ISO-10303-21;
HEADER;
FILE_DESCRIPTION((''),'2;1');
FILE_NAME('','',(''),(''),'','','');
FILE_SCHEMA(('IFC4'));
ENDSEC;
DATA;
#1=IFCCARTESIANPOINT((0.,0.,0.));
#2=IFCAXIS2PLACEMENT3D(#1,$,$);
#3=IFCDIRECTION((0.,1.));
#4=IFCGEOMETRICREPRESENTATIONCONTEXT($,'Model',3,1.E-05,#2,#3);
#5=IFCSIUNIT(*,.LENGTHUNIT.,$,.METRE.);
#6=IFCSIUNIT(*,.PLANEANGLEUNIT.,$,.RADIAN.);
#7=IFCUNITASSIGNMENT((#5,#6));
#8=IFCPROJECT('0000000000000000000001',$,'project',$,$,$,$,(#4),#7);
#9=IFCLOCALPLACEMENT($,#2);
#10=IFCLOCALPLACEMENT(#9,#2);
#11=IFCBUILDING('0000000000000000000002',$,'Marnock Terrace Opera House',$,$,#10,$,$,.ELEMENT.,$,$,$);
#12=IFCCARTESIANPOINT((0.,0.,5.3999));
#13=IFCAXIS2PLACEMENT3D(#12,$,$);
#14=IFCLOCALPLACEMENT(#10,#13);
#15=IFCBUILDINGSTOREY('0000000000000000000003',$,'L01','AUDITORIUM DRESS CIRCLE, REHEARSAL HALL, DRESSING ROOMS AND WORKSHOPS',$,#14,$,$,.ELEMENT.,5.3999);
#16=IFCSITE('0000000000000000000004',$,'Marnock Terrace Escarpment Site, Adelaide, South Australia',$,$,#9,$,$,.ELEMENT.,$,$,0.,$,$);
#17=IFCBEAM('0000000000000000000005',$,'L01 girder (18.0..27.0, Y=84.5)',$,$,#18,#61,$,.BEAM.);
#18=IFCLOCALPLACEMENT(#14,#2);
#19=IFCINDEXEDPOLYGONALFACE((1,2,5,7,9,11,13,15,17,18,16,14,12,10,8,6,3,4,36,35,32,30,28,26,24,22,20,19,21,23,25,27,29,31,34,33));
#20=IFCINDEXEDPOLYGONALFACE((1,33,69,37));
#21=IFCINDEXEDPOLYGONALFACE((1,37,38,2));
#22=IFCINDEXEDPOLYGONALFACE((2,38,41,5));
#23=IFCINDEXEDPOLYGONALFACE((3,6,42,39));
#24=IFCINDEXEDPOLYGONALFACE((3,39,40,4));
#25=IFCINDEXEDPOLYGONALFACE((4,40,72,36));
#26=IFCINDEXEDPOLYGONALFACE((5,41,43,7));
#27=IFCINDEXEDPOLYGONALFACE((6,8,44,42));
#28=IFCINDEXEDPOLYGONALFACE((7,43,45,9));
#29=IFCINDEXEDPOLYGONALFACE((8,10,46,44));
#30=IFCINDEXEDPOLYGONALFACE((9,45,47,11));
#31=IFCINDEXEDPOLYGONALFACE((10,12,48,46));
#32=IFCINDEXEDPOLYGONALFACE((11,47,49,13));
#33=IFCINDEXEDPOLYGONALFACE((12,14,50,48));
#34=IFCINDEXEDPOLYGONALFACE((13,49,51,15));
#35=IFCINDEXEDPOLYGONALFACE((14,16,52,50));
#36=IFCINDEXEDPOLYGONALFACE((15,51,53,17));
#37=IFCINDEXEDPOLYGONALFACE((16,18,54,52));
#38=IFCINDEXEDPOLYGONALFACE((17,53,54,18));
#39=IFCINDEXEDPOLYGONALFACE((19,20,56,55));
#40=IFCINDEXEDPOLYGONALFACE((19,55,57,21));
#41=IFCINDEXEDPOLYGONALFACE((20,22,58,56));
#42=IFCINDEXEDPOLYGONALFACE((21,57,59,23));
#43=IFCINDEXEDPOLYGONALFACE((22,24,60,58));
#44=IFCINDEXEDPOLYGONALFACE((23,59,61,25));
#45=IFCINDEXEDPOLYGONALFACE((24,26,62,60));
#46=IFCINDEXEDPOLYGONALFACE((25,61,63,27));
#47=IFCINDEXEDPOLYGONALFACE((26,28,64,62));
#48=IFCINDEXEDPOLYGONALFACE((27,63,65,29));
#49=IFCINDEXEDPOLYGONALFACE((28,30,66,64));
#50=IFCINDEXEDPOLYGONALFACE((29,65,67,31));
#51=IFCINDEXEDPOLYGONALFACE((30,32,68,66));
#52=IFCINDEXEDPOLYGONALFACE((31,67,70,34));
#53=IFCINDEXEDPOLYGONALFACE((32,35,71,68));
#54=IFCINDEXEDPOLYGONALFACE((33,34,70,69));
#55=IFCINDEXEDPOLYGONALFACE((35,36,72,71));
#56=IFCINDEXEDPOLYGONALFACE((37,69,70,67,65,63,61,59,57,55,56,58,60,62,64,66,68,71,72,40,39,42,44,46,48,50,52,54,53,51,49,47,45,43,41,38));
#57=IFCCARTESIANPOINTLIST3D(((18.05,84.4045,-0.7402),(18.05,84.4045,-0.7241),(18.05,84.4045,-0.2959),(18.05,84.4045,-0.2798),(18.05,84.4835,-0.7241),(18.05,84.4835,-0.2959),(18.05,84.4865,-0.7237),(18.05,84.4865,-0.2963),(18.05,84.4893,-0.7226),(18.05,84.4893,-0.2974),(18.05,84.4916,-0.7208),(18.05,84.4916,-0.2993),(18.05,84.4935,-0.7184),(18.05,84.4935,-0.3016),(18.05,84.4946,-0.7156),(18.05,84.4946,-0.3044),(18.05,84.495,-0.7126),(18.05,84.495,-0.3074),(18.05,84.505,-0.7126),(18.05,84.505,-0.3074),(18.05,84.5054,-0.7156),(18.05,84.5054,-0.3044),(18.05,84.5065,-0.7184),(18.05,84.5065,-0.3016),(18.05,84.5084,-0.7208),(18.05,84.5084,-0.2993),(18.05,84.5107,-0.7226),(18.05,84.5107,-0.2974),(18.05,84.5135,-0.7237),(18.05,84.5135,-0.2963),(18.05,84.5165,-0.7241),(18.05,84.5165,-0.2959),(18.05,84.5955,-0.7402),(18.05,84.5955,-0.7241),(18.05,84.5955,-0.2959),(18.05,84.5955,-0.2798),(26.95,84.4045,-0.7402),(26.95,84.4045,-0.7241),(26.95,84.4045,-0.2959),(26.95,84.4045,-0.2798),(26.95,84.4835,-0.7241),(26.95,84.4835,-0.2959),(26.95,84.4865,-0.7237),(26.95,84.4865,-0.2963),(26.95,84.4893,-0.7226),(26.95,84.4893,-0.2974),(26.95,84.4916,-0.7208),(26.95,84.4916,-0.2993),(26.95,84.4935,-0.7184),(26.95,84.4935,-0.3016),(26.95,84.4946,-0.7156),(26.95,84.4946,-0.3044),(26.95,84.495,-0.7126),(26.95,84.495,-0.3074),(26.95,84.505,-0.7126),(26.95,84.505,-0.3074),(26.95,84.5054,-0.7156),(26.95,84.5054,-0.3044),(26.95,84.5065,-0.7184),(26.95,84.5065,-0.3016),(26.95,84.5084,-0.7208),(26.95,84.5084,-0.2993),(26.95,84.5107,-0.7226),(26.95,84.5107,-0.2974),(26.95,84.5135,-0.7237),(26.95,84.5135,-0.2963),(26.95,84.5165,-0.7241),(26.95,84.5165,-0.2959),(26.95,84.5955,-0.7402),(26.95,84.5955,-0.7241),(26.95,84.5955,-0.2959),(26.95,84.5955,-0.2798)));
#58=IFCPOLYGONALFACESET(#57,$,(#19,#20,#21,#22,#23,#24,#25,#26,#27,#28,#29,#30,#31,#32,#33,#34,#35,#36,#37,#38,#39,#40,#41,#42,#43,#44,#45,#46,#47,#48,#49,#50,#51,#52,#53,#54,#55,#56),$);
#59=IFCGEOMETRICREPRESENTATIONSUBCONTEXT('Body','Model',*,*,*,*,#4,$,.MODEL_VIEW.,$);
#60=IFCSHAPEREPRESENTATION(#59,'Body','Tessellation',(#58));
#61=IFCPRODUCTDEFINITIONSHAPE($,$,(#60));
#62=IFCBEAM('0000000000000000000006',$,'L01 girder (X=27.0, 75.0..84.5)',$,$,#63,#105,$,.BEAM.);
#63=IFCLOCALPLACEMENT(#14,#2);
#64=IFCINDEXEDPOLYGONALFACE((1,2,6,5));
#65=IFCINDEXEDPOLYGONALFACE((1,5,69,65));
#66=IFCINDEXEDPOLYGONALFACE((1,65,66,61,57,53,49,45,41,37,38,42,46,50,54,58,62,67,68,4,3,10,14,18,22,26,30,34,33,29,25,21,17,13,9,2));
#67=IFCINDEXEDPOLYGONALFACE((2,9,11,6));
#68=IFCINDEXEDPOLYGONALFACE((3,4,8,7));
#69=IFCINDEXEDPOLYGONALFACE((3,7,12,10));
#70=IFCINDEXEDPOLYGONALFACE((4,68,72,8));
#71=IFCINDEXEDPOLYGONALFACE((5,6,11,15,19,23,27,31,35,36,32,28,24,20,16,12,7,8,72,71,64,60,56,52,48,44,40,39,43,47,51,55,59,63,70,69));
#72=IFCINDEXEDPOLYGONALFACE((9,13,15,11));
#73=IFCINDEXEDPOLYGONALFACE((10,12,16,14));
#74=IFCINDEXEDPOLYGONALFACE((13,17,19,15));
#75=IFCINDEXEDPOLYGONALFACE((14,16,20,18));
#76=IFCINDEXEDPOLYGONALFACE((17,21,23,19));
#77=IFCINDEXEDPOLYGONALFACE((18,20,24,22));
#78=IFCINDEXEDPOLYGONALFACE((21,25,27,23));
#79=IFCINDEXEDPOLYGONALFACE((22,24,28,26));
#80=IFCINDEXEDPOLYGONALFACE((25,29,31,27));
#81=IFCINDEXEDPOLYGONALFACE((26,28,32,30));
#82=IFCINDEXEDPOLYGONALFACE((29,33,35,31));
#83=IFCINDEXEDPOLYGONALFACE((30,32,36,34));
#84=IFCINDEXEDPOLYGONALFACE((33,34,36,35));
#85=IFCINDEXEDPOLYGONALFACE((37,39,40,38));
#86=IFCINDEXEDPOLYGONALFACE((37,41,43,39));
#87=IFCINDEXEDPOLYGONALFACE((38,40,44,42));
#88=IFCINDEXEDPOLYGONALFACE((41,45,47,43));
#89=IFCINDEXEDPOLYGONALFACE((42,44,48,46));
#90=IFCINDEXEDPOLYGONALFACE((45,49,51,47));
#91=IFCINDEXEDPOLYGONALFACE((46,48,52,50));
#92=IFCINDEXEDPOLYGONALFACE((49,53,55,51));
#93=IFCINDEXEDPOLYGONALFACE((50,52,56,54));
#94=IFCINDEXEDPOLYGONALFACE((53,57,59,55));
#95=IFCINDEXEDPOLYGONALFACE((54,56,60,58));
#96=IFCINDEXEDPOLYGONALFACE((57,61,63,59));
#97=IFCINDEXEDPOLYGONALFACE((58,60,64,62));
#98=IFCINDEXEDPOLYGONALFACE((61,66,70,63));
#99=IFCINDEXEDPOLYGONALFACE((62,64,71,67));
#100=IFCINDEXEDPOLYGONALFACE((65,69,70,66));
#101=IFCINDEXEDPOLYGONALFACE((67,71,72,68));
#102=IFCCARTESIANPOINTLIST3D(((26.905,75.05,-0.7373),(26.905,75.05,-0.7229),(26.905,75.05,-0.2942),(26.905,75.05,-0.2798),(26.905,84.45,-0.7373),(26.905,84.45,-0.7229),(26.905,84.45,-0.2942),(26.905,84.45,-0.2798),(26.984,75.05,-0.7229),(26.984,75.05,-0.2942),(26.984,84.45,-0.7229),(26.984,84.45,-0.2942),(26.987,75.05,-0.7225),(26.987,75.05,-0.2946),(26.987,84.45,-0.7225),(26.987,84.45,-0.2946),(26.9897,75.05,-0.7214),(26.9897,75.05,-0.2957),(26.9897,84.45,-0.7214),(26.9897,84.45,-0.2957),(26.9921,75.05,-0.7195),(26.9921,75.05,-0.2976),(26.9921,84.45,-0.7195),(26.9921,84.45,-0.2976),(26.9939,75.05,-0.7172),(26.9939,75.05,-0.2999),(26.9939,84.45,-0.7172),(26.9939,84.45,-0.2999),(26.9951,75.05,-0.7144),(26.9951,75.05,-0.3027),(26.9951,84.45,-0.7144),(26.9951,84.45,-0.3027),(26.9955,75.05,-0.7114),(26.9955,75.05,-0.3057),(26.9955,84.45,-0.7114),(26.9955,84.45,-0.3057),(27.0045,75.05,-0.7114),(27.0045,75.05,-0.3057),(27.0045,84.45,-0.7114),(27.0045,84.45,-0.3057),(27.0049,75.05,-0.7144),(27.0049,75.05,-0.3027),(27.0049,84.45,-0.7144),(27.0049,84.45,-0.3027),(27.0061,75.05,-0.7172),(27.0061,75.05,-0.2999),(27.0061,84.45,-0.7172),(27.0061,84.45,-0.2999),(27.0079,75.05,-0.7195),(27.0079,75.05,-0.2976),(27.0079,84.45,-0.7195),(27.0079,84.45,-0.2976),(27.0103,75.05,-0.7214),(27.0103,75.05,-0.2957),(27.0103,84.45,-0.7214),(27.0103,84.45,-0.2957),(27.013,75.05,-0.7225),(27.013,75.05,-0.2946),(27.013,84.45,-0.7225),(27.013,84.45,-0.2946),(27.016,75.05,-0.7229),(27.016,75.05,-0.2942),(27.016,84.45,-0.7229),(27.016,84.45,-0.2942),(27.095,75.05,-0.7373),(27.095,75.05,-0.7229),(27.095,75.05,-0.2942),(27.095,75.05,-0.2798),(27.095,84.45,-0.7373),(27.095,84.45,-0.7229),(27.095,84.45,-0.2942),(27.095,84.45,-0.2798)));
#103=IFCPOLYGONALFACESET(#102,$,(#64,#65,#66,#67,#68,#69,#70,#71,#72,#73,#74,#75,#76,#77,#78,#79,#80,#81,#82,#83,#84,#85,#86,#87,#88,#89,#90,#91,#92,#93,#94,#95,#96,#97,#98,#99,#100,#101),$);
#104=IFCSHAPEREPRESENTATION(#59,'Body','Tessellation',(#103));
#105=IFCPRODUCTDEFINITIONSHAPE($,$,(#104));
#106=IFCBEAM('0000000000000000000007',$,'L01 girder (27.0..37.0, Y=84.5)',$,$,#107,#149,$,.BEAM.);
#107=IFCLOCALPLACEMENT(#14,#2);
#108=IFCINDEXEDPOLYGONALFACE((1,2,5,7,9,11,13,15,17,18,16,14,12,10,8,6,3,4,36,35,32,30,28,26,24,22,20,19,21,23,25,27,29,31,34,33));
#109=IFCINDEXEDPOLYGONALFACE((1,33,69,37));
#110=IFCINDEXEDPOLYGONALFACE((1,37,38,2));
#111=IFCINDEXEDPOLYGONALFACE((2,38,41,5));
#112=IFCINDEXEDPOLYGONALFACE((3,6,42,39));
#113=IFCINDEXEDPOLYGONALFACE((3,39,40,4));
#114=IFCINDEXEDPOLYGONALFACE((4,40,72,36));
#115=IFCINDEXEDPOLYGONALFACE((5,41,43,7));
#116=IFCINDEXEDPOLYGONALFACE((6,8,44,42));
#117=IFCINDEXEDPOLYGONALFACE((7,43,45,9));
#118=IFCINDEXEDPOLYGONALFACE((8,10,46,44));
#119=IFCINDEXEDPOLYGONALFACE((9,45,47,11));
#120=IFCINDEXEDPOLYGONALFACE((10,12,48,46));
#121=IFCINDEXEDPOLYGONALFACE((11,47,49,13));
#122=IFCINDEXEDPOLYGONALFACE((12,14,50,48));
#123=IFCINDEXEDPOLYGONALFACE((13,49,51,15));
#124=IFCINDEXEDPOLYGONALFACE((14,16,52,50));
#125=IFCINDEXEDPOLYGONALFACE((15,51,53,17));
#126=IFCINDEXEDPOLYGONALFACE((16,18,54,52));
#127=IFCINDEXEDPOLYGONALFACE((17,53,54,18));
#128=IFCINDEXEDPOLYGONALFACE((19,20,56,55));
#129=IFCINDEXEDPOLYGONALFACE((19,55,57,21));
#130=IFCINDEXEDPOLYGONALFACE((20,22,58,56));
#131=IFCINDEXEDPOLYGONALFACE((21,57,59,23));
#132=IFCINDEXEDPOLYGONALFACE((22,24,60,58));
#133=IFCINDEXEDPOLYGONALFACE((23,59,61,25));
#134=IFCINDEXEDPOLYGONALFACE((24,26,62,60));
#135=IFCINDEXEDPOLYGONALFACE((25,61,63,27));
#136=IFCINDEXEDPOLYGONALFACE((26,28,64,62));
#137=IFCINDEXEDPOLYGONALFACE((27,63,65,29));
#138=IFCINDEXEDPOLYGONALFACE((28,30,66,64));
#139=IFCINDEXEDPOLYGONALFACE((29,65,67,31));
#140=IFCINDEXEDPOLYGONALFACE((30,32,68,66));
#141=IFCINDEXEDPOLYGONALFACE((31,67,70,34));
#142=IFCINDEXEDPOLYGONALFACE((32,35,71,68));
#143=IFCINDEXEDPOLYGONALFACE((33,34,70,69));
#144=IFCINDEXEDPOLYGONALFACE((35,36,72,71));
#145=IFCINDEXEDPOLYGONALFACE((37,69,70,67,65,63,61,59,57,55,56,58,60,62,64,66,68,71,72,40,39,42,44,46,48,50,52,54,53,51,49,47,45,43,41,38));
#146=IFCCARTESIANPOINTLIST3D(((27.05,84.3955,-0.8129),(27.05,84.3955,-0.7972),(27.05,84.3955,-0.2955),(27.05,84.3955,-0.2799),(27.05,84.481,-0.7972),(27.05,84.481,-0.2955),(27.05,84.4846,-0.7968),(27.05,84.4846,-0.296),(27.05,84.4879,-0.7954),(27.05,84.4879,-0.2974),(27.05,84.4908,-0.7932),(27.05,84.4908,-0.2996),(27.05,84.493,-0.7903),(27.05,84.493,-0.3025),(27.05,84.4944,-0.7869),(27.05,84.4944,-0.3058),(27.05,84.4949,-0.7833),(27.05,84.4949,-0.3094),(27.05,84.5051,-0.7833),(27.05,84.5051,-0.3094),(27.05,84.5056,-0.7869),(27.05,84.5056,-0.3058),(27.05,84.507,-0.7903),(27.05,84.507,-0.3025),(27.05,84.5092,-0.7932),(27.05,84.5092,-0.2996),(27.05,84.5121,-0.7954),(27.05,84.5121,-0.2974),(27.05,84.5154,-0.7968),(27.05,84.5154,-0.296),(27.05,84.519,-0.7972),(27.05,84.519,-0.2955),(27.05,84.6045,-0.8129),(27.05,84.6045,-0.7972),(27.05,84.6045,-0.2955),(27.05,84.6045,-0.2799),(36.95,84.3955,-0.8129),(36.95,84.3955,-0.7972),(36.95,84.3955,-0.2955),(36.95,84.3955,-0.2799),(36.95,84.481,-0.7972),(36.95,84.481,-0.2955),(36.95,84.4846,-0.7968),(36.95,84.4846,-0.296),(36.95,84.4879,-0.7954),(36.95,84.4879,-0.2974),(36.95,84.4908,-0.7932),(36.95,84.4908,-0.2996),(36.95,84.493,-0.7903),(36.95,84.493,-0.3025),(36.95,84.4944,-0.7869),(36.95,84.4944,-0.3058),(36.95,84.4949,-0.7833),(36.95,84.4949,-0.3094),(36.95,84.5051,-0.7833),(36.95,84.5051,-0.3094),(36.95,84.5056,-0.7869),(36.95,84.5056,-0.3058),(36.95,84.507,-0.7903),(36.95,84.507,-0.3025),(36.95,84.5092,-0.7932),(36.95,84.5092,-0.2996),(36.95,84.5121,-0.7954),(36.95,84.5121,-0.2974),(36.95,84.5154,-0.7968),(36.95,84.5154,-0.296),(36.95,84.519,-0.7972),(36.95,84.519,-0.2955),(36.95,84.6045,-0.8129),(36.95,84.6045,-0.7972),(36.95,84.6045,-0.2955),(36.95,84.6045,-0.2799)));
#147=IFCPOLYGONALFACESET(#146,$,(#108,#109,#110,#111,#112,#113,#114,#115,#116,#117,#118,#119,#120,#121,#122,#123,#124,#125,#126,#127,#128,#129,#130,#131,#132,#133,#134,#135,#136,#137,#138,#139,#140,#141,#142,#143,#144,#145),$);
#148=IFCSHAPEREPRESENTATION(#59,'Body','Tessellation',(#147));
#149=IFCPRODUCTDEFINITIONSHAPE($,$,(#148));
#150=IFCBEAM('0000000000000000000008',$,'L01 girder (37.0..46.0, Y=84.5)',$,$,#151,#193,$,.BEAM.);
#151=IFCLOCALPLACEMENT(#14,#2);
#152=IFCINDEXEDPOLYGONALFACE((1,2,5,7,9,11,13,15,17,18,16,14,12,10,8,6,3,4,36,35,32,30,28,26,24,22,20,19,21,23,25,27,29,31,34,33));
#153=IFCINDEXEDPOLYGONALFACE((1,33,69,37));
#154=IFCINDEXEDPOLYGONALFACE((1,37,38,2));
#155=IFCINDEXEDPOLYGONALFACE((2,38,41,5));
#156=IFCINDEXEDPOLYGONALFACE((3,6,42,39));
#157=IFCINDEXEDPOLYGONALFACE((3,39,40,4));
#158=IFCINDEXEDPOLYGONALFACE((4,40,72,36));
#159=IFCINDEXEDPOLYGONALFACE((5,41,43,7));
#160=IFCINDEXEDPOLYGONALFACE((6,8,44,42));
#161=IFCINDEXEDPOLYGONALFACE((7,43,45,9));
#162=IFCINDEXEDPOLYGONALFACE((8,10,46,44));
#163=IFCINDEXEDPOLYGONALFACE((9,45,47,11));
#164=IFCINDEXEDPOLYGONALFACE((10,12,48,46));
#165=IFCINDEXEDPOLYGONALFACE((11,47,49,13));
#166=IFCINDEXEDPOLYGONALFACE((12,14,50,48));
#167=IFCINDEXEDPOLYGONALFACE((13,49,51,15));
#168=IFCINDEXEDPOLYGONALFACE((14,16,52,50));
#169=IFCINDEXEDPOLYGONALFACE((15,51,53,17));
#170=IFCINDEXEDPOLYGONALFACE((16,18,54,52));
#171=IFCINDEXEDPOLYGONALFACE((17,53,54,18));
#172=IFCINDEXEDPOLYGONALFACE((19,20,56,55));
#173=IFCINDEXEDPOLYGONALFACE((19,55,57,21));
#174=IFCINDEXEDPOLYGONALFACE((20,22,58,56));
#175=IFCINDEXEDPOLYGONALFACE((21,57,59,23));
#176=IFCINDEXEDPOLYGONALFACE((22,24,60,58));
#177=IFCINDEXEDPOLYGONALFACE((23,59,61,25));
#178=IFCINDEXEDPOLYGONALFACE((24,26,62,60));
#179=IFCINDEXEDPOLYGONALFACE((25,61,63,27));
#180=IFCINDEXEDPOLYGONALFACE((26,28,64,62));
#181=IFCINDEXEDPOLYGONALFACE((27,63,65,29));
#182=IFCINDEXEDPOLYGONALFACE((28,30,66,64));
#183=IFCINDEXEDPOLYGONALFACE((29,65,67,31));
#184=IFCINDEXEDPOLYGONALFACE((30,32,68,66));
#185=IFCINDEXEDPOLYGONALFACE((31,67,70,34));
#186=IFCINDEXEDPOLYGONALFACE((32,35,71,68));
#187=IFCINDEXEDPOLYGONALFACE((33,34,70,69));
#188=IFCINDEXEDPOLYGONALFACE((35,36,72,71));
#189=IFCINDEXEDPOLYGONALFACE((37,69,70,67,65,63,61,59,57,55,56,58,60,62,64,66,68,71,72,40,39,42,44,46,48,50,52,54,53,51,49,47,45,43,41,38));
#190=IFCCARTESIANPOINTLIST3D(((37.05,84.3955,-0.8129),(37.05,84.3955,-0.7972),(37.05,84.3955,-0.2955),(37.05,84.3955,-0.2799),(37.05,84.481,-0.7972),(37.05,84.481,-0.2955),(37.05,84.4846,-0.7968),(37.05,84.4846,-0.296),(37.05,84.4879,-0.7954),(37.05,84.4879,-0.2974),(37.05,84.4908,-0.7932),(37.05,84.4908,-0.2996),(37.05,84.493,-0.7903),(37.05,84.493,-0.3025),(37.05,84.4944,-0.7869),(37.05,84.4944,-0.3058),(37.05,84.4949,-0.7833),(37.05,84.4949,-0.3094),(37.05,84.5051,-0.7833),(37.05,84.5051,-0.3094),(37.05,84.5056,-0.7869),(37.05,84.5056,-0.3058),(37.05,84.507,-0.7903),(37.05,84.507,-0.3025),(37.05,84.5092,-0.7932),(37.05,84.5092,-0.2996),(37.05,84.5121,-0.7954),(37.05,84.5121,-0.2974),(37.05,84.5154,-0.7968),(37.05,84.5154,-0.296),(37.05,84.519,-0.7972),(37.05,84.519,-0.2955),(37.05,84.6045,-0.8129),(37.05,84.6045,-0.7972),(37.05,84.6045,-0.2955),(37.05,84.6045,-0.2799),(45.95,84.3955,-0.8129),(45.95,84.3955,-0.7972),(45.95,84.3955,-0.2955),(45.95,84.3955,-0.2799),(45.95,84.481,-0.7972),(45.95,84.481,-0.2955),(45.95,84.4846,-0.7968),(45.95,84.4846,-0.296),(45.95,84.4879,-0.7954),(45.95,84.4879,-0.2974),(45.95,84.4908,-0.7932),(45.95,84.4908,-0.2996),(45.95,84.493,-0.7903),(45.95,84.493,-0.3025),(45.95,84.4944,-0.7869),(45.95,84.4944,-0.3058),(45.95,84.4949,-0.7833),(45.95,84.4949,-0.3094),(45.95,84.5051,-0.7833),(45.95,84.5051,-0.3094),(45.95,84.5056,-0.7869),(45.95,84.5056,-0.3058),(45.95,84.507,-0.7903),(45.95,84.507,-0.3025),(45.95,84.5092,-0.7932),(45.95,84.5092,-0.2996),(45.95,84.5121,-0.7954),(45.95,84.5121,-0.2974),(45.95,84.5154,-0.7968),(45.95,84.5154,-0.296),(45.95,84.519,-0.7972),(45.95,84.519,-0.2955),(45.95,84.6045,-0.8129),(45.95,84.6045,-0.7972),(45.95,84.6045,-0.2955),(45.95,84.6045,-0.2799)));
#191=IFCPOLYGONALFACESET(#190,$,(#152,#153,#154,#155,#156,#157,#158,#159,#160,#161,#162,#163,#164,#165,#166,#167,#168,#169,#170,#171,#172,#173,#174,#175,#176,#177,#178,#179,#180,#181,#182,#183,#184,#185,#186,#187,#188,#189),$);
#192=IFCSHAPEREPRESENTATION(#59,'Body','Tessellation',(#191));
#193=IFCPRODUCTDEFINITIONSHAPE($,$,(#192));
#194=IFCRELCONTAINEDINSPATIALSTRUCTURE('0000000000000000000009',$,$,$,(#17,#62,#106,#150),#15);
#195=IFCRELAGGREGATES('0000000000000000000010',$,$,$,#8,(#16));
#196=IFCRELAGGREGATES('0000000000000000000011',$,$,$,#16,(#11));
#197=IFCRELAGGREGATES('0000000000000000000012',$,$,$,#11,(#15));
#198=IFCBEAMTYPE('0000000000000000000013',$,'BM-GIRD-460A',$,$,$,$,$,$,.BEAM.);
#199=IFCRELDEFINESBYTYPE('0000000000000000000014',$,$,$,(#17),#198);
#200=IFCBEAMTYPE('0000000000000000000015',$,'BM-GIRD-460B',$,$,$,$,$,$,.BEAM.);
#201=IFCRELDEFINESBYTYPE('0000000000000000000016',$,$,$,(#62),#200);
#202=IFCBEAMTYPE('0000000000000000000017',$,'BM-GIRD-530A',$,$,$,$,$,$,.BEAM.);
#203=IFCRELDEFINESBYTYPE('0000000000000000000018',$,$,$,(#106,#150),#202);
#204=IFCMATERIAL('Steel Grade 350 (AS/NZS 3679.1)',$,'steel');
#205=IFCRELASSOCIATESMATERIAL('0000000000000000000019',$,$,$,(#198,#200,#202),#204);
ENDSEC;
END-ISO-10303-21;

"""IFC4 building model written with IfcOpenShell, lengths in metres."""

from ifc_helpers import new_model, si_unit, direction, frame, origin, origin_2d, place, context, subcontext, project, spatial, i_section, extrude, material, material_profile, profile_set, type_object, element, save


model = new_model("IFC4")

# Units and contexts
model_context = context("Model", 3, precision=1e-05, world=origin(), true_north=direction((0.0, 1.0)))
body_context = subcontext(model_context, "Body", "Model", "MODEL_VIEW")
ifc_project = project(units=[si_unit("LENGTHUNIT", "METRE"), si_unit("PLANEANGLEUNIT", "RADIAN")], contexts=[model_context])

# Site, building, storey
site_placement = place(None, origin())
site = spatial("IfcSite", under=ifc_project, at=site_placement, Name="Marnock Terrace Escarpment Site, Adelaide, South Australia", CompositionType="ELEMENT", RefElevation=0.0)
building_placement = place(site_placement, origin())
building = spatial("IfcBuilding", under=site, at=building_placement, Name="Marnock Terrace Opera House", CompositionType="ELEMENT")
storey_placement = place(building_placement, frame((0.0, 0.0, 5.3999)))
storey = spatial("IfcBuildingStorey", under=building, at=storey_placement, Name="L01", Description="AUDITORIUM DRESS CIRCLE, REHEARSAL HALL, DRESSING ROOMS AND WORKSHOPS", CompositionType="ELEMENT", Elevation=5.3999)

# Shared definitions
ifc_material_1 = material(Name="Steel Grade 350 (AS/NZS 3679.1)", Category="steel")

# Beams
ifc_material_profile_1 = material_profile(ifc_material_1, i_section(OverallWidth=0.1909, OverallDepth=0.4604, WebThickness=0.01, FlangeThickness=0.0161, FilletRadius=0.0115, at=origin_2d()))
ifc_profile_set_1 = profile_set([ifc_material_profile_1], Name="Steel Grade 350 (AS/NZS 3679.1)")
beam_type_1 = type_object("IfcBeamType", Name="BM-GIRD-460A", PredefinedType="BEAM", material=ifc_profile_set_1)
beam_1_placement = place(storey_placement, frame((18.05, 84.5, -0.51), z_axis=(1.0, 0.0, 0.0), x_axis=(0.0, 1.0, 0.0)))
element("IfcBeam", 1, at=beam_1_placement, inside=storey, type_object=beam_type_1, Name="L01 girder (18.0..27.0, Y=84.5)", PredefinedType="BEAM", context=body_context, shape_type="SweptSolid", body=[
    extrude(i_section(OverallWidth=0.1909, OverallDepth=0.4604, WebThickness=0.01, FlangeThickness=0.0161, FilletRadius=0.0115, at=origin_2d()), origin(), (0.0, 0.0, 1.0), 8.8999),
])
ifc_material_profile_2 = material_profile(ifc_material_1, i_section(OverallWidth=0.1899, OverallDepth=0.4575, WebThickness=0.009, FlangeThickness=0.0144, FilletRadius=0.0115, at=origin_2d()))
ifc_profile_set_2 = profile_set([ifc_material_profile_2], Name="Steel Grade 350 (AS/NZS 3679.1)")
beam_type_2 = type_object("IfcBeamType", Name="BM-GIRD-460B", PredefinedType="BEAM", material=ifc_profile_set_2)
beam_2_placement = place(storey_placement, frame((27.0, 75.05, -0.5085), z_axis=(0.0, 1.0, 0.0), x_axis=(-1.0, 0.0, 0.0)))
element("IfcBeam", 2, at=beam_2_placement, inside=storey, type_object=beam_type_2, Name="L01 girder (X=27.0, 75.0..84.5)", PredefinedType="BEAM", context=body_context, shape_type="SweptSolid", body=[
    extrude(i_section(OverallWidth=0.1899, OverallDepth=0.4575, WebThickness=0.009, FlangeThickness=0.0144, FilletRadius=0.0115, at=origin_2d()), origin(), (0.0, 0.0, 1.0), 9.3999),
])
ifc_material_profile_3 = material_profile(ifc_material_1, i_section(OverallWidth=0.209, OverallDepth=0.533, WebThickness=0.0103, FlangeThickness=0.0156, FilletRadius=0.0139, at=origin_2d()))
ifc_profile_set_3 = profile_set([ifc_material_profile_3], Name="Steel Grade 350 (AS/NZS 3679.1)")
beam_type_3 = type_object("IfcBeamType", Name="BM-GIRD-530A", PredefinedType="BEAM", material=ifc_profile_set_3)
beam_3_placement = place(storey_placement, frame((27.05, 84.5, -0.5464), z_axis=(1.0, 0.0, 0.0), x_axis=(0.0, 1.0, 0.0)))
element("IfcBeam", 3, at=beam_3_placement, inside=storey, type_object=beam_type_3, Name="L01 girder (27.0..37.0, Y=84.5)", PredefinedType="BEAM", context=body_context, shape_type="SweptSolid", body=[
    extrude(i_section(OverallWidth=0.209, OverallDepth=0.533, WebThickness=0.0103, FlangeThickness=0.0156, FilletRadius=0.0139, at=origin_2d()), origin(), (0.0, 0.0, 1.0), 9.8999),
])
for number, where, z_axis, x_axis, name in (
    (4, (37.05, 84.5, -0.5464), (1.0, 0.0, 0.0), (0.0, 1.0, 0.0), "L01 girder (37.0..46.0, Y=84.5)"),
):
    element("IfcBeam", number, at=place(storey_placement, frame(where, z_axis=z_axis, x_axis=x_axis)), inside=storey, type_object=beam_type_3, Name=name, PredefinedType="BEAM", context=body_context, shape_type="SweptSolid", body=[
        extrude(i_section(OverallWidth=0.209, OverallDepth=0.533, WebThickness=0.0103, FlangeThickness=0.0156, FilletRadius=0.0139, at=origin_2d()), origin(), (0.0, 0.0, 1.0), 8.8999),
    ])

save(model, "model.ifc")
